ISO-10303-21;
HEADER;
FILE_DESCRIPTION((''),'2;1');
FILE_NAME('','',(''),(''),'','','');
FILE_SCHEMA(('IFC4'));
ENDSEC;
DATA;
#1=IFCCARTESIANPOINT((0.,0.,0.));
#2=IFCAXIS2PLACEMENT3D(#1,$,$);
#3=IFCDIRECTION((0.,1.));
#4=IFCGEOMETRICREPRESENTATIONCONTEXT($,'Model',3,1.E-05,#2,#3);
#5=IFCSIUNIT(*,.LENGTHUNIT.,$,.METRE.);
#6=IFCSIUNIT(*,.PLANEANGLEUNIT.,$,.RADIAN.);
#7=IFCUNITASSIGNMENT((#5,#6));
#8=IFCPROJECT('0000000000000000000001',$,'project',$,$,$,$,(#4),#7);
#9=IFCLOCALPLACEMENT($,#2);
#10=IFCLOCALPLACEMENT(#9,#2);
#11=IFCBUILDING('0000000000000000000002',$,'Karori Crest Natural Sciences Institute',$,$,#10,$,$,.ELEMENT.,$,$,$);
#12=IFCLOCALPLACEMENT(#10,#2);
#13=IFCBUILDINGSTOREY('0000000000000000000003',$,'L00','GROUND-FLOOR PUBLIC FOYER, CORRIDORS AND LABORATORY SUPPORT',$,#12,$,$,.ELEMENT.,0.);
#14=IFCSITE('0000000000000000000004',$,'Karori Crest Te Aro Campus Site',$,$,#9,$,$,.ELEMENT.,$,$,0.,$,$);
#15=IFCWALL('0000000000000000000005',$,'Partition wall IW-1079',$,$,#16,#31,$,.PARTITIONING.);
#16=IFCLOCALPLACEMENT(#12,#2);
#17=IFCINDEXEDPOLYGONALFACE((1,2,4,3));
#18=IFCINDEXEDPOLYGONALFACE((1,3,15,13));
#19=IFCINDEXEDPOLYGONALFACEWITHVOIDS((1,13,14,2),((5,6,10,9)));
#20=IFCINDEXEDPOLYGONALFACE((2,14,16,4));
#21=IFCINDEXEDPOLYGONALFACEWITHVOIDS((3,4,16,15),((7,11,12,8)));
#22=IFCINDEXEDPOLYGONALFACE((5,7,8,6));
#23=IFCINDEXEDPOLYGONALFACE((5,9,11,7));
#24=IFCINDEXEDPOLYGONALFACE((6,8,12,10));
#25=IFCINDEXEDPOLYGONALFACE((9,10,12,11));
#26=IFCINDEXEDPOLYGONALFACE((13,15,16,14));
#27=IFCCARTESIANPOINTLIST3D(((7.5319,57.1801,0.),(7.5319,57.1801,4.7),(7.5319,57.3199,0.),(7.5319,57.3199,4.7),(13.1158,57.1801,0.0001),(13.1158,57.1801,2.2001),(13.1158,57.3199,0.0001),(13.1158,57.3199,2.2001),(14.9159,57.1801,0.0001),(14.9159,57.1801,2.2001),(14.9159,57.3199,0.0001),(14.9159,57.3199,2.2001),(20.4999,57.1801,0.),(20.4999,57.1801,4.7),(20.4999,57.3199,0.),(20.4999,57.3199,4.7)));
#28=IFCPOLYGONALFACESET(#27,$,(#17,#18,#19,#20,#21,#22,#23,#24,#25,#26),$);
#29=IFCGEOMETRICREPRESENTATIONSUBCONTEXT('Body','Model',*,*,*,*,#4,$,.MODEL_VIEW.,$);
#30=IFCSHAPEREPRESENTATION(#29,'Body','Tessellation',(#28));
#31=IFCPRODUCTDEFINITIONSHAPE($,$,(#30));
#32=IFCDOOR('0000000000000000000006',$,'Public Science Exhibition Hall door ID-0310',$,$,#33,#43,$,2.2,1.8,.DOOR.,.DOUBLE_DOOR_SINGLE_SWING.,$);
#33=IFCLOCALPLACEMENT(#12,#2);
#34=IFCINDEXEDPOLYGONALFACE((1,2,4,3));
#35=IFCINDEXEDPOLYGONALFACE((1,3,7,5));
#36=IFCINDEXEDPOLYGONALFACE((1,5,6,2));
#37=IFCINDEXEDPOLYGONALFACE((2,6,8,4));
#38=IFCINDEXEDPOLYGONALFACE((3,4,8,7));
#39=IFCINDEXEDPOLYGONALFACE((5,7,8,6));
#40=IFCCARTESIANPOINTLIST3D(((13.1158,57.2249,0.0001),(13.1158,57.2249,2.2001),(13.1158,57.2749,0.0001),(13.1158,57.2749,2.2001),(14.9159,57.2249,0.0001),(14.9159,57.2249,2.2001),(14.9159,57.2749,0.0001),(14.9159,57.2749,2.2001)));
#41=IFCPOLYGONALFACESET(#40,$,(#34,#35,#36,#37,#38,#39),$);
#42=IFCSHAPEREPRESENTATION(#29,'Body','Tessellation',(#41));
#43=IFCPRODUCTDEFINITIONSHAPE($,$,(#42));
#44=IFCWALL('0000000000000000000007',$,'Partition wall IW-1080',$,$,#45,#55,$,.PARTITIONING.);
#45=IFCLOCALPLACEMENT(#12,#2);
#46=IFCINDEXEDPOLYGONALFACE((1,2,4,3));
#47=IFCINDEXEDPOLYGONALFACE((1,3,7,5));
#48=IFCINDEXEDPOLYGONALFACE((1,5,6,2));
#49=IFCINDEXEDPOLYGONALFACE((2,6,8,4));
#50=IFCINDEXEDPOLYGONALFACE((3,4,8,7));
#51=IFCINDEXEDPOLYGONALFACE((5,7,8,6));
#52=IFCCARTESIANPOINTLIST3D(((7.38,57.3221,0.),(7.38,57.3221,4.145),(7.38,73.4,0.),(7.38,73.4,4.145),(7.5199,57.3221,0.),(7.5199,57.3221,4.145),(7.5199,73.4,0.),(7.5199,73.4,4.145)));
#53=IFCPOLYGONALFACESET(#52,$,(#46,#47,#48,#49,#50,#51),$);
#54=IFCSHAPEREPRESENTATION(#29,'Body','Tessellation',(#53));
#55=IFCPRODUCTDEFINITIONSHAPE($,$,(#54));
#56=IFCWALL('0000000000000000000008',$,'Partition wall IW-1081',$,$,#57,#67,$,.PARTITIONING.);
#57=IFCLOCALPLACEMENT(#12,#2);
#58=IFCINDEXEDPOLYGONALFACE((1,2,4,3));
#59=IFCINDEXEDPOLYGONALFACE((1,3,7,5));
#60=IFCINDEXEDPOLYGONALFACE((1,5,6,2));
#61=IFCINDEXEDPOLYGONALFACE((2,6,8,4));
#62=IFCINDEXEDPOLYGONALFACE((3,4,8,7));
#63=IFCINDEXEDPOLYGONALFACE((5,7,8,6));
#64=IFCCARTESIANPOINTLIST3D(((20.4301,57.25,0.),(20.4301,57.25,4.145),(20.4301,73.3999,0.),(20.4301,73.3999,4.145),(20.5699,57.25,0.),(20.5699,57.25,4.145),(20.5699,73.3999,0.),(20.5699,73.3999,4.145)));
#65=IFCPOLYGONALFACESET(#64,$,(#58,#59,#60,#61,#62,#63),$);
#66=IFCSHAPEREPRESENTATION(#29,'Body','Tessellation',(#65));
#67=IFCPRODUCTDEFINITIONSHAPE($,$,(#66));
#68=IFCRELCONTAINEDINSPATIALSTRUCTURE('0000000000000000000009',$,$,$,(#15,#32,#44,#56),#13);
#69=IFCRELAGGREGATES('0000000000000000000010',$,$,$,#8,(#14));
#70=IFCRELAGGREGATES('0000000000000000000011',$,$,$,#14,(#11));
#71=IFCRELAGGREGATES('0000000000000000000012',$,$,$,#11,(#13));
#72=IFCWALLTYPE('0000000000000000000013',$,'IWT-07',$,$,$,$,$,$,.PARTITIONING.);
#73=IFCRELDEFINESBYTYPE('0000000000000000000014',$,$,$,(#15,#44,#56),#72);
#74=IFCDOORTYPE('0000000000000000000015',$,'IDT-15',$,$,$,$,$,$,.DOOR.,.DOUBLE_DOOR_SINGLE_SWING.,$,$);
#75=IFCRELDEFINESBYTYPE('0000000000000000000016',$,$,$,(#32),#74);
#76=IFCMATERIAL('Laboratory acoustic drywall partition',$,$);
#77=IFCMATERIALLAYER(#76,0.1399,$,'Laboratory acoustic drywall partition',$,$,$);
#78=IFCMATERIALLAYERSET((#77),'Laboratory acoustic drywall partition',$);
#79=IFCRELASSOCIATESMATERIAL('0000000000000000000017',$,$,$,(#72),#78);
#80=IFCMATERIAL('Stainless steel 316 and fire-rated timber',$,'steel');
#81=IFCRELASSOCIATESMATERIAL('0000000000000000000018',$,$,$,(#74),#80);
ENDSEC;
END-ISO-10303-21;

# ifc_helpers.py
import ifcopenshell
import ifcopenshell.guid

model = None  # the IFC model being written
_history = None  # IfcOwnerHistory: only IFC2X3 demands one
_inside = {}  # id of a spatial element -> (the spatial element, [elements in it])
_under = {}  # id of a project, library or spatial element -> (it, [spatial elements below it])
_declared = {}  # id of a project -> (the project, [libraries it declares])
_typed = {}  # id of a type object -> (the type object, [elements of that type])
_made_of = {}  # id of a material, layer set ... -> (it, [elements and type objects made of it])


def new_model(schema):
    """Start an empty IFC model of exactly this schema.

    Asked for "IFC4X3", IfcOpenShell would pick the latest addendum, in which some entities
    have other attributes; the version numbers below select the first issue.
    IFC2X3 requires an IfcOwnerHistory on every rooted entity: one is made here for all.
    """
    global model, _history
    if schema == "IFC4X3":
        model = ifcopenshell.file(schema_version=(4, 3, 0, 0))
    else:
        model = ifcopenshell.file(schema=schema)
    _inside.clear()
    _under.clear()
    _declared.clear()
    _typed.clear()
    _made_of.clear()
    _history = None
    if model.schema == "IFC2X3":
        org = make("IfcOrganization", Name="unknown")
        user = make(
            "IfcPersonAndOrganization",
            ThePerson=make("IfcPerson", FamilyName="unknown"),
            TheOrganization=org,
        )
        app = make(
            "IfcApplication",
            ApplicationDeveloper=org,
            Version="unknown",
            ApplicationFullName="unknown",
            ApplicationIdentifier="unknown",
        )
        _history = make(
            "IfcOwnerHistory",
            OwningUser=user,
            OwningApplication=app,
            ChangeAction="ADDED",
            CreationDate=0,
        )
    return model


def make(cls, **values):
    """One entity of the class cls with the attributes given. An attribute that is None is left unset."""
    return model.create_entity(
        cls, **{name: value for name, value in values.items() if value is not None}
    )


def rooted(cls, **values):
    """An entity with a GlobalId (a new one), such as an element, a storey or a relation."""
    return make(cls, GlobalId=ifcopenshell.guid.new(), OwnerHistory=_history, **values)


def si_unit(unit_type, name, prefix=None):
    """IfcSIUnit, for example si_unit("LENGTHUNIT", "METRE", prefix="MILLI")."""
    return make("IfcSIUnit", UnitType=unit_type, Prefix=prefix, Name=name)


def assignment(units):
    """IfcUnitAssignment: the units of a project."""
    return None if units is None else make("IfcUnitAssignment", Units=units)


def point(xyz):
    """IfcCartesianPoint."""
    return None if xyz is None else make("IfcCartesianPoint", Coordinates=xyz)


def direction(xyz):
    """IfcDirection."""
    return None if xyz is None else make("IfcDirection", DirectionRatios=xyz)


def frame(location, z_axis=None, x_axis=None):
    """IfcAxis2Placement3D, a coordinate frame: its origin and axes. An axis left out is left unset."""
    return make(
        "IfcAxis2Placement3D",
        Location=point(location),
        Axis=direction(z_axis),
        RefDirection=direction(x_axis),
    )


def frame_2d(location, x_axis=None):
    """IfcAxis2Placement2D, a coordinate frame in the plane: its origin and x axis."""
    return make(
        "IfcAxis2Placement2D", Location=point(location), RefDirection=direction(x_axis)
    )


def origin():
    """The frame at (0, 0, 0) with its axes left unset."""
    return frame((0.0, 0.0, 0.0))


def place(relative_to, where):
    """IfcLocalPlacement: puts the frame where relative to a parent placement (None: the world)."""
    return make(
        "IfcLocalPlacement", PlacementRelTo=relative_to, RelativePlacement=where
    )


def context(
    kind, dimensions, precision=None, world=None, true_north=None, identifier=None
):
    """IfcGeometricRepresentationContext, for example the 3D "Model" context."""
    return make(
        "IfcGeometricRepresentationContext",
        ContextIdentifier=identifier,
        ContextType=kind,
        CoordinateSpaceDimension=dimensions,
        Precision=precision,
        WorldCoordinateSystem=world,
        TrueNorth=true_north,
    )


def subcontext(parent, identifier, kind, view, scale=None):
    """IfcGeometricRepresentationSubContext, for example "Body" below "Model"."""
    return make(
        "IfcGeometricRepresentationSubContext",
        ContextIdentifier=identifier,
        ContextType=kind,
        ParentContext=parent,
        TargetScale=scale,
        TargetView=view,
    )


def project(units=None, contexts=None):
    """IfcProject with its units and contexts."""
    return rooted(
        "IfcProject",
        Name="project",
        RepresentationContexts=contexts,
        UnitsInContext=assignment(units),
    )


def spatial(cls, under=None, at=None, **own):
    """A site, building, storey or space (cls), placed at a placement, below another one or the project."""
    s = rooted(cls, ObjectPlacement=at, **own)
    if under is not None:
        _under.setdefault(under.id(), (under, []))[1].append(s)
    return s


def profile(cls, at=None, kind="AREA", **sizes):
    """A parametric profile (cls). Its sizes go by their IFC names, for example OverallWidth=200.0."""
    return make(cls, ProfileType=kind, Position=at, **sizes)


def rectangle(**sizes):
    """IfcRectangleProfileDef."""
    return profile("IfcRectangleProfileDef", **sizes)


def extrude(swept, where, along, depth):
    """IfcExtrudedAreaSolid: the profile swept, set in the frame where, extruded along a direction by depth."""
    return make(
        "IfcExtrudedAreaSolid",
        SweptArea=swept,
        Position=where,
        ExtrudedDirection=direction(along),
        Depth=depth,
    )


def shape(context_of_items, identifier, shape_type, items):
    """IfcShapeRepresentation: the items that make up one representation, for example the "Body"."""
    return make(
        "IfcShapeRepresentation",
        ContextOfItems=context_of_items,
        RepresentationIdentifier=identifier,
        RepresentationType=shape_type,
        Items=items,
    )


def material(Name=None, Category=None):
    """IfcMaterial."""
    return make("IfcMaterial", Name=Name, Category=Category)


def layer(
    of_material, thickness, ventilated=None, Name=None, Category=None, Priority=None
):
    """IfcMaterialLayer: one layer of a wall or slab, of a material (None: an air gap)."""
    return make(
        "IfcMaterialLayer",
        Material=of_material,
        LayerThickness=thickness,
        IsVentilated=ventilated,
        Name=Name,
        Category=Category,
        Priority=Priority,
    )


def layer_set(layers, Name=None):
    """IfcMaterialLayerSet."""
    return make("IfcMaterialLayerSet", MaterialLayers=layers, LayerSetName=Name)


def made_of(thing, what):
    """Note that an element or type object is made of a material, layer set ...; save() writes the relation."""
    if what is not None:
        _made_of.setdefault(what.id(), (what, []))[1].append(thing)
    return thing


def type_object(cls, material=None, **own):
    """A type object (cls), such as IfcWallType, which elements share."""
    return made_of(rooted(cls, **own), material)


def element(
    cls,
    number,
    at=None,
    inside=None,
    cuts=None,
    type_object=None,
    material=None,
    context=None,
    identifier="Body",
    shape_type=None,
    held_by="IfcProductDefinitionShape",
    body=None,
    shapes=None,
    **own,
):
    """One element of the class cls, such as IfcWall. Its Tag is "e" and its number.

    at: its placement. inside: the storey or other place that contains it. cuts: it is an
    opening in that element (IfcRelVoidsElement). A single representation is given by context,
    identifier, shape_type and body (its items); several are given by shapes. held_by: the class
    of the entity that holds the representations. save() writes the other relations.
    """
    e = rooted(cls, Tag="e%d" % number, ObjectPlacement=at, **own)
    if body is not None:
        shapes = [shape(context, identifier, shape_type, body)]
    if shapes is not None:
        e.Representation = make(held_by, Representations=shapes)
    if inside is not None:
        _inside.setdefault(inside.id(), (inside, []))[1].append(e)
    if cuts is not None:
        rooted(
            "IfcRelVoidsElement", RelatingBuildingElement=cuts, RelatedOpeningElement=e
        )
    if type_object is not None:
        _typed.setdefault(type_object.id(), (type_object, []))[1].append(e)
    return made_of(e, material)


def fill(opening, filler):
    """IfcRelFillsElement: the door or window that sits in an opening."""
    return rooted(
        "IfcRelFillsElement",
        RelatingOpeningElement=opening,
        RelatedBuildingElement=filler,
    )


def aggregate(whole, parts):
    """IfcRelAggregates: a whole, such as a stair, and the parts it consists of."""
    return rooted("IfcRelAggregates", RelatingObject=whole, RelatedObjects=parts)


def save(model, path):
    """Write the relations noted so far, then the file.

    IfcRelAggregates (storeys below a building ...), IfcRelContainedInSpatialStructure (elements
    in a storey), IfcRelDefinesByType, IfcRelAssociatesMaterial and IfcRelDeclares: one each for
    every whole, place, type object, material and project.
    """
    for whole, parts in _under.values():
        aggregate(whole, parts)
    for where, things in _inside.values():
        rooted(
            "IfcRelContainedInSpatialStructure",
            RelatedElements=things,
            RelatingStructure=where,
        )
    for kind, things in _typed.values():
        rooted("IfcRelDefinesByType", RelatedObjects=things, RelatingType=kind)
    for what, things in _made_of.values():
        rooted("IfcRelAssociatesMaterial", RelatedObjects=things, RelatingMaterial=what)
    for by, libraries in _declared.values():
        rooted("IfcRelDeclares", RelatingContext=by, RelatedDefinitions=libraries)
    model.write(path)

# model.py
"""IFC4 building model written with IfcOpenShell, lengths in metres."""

from ifc_helpers import new_model, si_unit, direction, frame, frame_2d, origin, place, context, subcontext, project, spatial, rectangle, extrude, material, layer, layer_set, type_object, element, fill, save


model = new_model("IFC4")

# Units and contexts
model_context = context("Model", 3, precision=1e-05, world=origin(), true_north=direction((0.0, 1.0)))
body_context = subcontext(model_context, "Body", "Model", "MODEL_VIEW")
ifc_project = project(units=[si_unit("LENGTHUNIT", "METRE"), si_unit("PLANEANGLEUNIT", "RADIAN")], contexts=[model_context])

# Site, building, storey
site_placement = place(None, origin())
site = spatial("IfcSite", under=ifc_project, at=site_placement, Name="Karori Crest Te Aro Campus Site", CompositionType="ELEMENT", RefElevation=0.0)
building_placement = place(site_placement, origin())
building = spatial("IfcBuilding", under=site, at=building_placement, Name="Karori Crest Natural Sciences Institute", CompositionType="ELEMENT")
storey_placement = place(building_placement, origin())
storey = spatial("IfcBuildingStorey", under=building, at=storey_placement, Name="L00", Description="GROUND-FLOOR PUBLIC FOYER, CORRIDORS AND LABORATORY SUPPORT", CompositionType="ELEMENT", Elevation=0.0)

# Wall, opening, door
ifc_material_1 = material(Name="Laboratory acoustic drywall partition")
ifc_layer_1 = layer(ifc_material_1, 0.1399, Name="Laboratory acoustic drywall partition")
ifc_layer_set_1 = layer_set([ifc_layer_1], Name="Laboratory acoustic drywall partition")
wall_type = type_object("IfcWallType", Name="IWT-07", PredefinedType="PARTITIONING", material=ifc_layer_set_1)
wall_1_placement = place(storey_placement, frame((7.532, 57.25, 0.0), z_axis=(0.0, 0.0, 1.0), x_axis=(1.0, 0.0, 0.0)))
wall_1 = element("IfcWall", 1, at=wall_1_placement, inside=storey, type_object=wall_type, Name="Partition wall IW-1079", PredefinedType="PARTITIONING", context=body_context, shape_type="SweptSolid", body=[
    extrude(rectangle(XDim=12.968, YDim=0.1399, at=frame_2d((6.4839, 0.0))), origin(), (0.0, 0.0, 1.0), 4.7),
])
opening_placement = place(wall_1_placement, frame((5.584, 0.0, 0.0)))
opening = element("IfcOpeningElement", 2, at=opening_placement, cuts=wall_1, PredefinedType="OPENING", context=body_context, shape_type="SweptSolid", body=[
    extrude(rectangle(XDim=1.8, YDim=2.2, at=frame_2d((0.8999, 1.1001))), frame((0.0, 0.0801, 0.0), z_axis=(0.0, -1.0, 0.0), x_axis=(1.0, 0.0, 0.0)), (0.0, 0.0, 1.0), 0.1599),
])
ifc_material_2 = material(Name="Stainless steel 316 and fire-rated timber", Category="steel")
door_type = type_object("IfcDoorType", Name="IDT-15", OperationType="DOUBLE_DOOR_SINGLE_SWING", PredefinedType="DOOR", material=ifc_material_2)
door_placement = place(opening_placement, origin())
door = element("IfcDoor", 3, at=door_placement, inside=storey, type_object=door_type, Name="Public Science Exhibition Hall door ID-0310", OperationType="DOUBLE_DOOR_SINGLE_SWING", OverallHeight=2.2, OverallWidth=1.8, PredefinedType="DOOR", context=body_context, shape_type="SweptSolid", body=[
    extrude(rectangle(XDim=1.8, YDim=2.2, at=frame_2d((0.8999, 1.1001))), frame((0.0, 0.0249, 0.0), z_axis=(0.0, -1.0, 0.0), x_axis=(1.0, 0.0, 0.0)), (0.0, 0.0, 1.0), 0.05),
])
fill(opening, door)

# Walls
wall_2_placement = place(storey_placement, frame((7.45, 57.322, 0.0), z_axis=(0.0, 0.0, 1.0), x_axis=(0.0, 1.0, 0.0)))
element("IfcWall", 4, at=wall_2_placement, inside=storey, type_object=wall_type, Name="Partition wall IW-1080", PredefinedType="PARTITIONING", context=body_context, shape_type="SweptSolid", body=[
    extrude(rectangle(XDim=16.0779, YDim=0.1399, at=frame_2d((8.0391, 0.0))), origin(), (0.0, 0.0, 1.0), 4.145),
])
wall_3_placement = place(storey_placement, frame((20.5, 57.25, 0.0), z_axis=(0.0, 0.0, 1.0), x_axis=(0.0, 1.0, 0.0)))
element("IfcWall", 5, at=wall_3_placement, inside=storey, type_object=wall_type, Name="Partition wall IW-1081", PredefinedType="PARTITIONING", context=body_context, shape_type="SweptSolid", body=[
    extrude(rectangle(XDim=16.1499, YDim=0.1399, at=frame_2d((8.075, 0.0))), origin(), (0.0, 0.0, 1.0), 4.145),
])

save(model, "model.ifc")
